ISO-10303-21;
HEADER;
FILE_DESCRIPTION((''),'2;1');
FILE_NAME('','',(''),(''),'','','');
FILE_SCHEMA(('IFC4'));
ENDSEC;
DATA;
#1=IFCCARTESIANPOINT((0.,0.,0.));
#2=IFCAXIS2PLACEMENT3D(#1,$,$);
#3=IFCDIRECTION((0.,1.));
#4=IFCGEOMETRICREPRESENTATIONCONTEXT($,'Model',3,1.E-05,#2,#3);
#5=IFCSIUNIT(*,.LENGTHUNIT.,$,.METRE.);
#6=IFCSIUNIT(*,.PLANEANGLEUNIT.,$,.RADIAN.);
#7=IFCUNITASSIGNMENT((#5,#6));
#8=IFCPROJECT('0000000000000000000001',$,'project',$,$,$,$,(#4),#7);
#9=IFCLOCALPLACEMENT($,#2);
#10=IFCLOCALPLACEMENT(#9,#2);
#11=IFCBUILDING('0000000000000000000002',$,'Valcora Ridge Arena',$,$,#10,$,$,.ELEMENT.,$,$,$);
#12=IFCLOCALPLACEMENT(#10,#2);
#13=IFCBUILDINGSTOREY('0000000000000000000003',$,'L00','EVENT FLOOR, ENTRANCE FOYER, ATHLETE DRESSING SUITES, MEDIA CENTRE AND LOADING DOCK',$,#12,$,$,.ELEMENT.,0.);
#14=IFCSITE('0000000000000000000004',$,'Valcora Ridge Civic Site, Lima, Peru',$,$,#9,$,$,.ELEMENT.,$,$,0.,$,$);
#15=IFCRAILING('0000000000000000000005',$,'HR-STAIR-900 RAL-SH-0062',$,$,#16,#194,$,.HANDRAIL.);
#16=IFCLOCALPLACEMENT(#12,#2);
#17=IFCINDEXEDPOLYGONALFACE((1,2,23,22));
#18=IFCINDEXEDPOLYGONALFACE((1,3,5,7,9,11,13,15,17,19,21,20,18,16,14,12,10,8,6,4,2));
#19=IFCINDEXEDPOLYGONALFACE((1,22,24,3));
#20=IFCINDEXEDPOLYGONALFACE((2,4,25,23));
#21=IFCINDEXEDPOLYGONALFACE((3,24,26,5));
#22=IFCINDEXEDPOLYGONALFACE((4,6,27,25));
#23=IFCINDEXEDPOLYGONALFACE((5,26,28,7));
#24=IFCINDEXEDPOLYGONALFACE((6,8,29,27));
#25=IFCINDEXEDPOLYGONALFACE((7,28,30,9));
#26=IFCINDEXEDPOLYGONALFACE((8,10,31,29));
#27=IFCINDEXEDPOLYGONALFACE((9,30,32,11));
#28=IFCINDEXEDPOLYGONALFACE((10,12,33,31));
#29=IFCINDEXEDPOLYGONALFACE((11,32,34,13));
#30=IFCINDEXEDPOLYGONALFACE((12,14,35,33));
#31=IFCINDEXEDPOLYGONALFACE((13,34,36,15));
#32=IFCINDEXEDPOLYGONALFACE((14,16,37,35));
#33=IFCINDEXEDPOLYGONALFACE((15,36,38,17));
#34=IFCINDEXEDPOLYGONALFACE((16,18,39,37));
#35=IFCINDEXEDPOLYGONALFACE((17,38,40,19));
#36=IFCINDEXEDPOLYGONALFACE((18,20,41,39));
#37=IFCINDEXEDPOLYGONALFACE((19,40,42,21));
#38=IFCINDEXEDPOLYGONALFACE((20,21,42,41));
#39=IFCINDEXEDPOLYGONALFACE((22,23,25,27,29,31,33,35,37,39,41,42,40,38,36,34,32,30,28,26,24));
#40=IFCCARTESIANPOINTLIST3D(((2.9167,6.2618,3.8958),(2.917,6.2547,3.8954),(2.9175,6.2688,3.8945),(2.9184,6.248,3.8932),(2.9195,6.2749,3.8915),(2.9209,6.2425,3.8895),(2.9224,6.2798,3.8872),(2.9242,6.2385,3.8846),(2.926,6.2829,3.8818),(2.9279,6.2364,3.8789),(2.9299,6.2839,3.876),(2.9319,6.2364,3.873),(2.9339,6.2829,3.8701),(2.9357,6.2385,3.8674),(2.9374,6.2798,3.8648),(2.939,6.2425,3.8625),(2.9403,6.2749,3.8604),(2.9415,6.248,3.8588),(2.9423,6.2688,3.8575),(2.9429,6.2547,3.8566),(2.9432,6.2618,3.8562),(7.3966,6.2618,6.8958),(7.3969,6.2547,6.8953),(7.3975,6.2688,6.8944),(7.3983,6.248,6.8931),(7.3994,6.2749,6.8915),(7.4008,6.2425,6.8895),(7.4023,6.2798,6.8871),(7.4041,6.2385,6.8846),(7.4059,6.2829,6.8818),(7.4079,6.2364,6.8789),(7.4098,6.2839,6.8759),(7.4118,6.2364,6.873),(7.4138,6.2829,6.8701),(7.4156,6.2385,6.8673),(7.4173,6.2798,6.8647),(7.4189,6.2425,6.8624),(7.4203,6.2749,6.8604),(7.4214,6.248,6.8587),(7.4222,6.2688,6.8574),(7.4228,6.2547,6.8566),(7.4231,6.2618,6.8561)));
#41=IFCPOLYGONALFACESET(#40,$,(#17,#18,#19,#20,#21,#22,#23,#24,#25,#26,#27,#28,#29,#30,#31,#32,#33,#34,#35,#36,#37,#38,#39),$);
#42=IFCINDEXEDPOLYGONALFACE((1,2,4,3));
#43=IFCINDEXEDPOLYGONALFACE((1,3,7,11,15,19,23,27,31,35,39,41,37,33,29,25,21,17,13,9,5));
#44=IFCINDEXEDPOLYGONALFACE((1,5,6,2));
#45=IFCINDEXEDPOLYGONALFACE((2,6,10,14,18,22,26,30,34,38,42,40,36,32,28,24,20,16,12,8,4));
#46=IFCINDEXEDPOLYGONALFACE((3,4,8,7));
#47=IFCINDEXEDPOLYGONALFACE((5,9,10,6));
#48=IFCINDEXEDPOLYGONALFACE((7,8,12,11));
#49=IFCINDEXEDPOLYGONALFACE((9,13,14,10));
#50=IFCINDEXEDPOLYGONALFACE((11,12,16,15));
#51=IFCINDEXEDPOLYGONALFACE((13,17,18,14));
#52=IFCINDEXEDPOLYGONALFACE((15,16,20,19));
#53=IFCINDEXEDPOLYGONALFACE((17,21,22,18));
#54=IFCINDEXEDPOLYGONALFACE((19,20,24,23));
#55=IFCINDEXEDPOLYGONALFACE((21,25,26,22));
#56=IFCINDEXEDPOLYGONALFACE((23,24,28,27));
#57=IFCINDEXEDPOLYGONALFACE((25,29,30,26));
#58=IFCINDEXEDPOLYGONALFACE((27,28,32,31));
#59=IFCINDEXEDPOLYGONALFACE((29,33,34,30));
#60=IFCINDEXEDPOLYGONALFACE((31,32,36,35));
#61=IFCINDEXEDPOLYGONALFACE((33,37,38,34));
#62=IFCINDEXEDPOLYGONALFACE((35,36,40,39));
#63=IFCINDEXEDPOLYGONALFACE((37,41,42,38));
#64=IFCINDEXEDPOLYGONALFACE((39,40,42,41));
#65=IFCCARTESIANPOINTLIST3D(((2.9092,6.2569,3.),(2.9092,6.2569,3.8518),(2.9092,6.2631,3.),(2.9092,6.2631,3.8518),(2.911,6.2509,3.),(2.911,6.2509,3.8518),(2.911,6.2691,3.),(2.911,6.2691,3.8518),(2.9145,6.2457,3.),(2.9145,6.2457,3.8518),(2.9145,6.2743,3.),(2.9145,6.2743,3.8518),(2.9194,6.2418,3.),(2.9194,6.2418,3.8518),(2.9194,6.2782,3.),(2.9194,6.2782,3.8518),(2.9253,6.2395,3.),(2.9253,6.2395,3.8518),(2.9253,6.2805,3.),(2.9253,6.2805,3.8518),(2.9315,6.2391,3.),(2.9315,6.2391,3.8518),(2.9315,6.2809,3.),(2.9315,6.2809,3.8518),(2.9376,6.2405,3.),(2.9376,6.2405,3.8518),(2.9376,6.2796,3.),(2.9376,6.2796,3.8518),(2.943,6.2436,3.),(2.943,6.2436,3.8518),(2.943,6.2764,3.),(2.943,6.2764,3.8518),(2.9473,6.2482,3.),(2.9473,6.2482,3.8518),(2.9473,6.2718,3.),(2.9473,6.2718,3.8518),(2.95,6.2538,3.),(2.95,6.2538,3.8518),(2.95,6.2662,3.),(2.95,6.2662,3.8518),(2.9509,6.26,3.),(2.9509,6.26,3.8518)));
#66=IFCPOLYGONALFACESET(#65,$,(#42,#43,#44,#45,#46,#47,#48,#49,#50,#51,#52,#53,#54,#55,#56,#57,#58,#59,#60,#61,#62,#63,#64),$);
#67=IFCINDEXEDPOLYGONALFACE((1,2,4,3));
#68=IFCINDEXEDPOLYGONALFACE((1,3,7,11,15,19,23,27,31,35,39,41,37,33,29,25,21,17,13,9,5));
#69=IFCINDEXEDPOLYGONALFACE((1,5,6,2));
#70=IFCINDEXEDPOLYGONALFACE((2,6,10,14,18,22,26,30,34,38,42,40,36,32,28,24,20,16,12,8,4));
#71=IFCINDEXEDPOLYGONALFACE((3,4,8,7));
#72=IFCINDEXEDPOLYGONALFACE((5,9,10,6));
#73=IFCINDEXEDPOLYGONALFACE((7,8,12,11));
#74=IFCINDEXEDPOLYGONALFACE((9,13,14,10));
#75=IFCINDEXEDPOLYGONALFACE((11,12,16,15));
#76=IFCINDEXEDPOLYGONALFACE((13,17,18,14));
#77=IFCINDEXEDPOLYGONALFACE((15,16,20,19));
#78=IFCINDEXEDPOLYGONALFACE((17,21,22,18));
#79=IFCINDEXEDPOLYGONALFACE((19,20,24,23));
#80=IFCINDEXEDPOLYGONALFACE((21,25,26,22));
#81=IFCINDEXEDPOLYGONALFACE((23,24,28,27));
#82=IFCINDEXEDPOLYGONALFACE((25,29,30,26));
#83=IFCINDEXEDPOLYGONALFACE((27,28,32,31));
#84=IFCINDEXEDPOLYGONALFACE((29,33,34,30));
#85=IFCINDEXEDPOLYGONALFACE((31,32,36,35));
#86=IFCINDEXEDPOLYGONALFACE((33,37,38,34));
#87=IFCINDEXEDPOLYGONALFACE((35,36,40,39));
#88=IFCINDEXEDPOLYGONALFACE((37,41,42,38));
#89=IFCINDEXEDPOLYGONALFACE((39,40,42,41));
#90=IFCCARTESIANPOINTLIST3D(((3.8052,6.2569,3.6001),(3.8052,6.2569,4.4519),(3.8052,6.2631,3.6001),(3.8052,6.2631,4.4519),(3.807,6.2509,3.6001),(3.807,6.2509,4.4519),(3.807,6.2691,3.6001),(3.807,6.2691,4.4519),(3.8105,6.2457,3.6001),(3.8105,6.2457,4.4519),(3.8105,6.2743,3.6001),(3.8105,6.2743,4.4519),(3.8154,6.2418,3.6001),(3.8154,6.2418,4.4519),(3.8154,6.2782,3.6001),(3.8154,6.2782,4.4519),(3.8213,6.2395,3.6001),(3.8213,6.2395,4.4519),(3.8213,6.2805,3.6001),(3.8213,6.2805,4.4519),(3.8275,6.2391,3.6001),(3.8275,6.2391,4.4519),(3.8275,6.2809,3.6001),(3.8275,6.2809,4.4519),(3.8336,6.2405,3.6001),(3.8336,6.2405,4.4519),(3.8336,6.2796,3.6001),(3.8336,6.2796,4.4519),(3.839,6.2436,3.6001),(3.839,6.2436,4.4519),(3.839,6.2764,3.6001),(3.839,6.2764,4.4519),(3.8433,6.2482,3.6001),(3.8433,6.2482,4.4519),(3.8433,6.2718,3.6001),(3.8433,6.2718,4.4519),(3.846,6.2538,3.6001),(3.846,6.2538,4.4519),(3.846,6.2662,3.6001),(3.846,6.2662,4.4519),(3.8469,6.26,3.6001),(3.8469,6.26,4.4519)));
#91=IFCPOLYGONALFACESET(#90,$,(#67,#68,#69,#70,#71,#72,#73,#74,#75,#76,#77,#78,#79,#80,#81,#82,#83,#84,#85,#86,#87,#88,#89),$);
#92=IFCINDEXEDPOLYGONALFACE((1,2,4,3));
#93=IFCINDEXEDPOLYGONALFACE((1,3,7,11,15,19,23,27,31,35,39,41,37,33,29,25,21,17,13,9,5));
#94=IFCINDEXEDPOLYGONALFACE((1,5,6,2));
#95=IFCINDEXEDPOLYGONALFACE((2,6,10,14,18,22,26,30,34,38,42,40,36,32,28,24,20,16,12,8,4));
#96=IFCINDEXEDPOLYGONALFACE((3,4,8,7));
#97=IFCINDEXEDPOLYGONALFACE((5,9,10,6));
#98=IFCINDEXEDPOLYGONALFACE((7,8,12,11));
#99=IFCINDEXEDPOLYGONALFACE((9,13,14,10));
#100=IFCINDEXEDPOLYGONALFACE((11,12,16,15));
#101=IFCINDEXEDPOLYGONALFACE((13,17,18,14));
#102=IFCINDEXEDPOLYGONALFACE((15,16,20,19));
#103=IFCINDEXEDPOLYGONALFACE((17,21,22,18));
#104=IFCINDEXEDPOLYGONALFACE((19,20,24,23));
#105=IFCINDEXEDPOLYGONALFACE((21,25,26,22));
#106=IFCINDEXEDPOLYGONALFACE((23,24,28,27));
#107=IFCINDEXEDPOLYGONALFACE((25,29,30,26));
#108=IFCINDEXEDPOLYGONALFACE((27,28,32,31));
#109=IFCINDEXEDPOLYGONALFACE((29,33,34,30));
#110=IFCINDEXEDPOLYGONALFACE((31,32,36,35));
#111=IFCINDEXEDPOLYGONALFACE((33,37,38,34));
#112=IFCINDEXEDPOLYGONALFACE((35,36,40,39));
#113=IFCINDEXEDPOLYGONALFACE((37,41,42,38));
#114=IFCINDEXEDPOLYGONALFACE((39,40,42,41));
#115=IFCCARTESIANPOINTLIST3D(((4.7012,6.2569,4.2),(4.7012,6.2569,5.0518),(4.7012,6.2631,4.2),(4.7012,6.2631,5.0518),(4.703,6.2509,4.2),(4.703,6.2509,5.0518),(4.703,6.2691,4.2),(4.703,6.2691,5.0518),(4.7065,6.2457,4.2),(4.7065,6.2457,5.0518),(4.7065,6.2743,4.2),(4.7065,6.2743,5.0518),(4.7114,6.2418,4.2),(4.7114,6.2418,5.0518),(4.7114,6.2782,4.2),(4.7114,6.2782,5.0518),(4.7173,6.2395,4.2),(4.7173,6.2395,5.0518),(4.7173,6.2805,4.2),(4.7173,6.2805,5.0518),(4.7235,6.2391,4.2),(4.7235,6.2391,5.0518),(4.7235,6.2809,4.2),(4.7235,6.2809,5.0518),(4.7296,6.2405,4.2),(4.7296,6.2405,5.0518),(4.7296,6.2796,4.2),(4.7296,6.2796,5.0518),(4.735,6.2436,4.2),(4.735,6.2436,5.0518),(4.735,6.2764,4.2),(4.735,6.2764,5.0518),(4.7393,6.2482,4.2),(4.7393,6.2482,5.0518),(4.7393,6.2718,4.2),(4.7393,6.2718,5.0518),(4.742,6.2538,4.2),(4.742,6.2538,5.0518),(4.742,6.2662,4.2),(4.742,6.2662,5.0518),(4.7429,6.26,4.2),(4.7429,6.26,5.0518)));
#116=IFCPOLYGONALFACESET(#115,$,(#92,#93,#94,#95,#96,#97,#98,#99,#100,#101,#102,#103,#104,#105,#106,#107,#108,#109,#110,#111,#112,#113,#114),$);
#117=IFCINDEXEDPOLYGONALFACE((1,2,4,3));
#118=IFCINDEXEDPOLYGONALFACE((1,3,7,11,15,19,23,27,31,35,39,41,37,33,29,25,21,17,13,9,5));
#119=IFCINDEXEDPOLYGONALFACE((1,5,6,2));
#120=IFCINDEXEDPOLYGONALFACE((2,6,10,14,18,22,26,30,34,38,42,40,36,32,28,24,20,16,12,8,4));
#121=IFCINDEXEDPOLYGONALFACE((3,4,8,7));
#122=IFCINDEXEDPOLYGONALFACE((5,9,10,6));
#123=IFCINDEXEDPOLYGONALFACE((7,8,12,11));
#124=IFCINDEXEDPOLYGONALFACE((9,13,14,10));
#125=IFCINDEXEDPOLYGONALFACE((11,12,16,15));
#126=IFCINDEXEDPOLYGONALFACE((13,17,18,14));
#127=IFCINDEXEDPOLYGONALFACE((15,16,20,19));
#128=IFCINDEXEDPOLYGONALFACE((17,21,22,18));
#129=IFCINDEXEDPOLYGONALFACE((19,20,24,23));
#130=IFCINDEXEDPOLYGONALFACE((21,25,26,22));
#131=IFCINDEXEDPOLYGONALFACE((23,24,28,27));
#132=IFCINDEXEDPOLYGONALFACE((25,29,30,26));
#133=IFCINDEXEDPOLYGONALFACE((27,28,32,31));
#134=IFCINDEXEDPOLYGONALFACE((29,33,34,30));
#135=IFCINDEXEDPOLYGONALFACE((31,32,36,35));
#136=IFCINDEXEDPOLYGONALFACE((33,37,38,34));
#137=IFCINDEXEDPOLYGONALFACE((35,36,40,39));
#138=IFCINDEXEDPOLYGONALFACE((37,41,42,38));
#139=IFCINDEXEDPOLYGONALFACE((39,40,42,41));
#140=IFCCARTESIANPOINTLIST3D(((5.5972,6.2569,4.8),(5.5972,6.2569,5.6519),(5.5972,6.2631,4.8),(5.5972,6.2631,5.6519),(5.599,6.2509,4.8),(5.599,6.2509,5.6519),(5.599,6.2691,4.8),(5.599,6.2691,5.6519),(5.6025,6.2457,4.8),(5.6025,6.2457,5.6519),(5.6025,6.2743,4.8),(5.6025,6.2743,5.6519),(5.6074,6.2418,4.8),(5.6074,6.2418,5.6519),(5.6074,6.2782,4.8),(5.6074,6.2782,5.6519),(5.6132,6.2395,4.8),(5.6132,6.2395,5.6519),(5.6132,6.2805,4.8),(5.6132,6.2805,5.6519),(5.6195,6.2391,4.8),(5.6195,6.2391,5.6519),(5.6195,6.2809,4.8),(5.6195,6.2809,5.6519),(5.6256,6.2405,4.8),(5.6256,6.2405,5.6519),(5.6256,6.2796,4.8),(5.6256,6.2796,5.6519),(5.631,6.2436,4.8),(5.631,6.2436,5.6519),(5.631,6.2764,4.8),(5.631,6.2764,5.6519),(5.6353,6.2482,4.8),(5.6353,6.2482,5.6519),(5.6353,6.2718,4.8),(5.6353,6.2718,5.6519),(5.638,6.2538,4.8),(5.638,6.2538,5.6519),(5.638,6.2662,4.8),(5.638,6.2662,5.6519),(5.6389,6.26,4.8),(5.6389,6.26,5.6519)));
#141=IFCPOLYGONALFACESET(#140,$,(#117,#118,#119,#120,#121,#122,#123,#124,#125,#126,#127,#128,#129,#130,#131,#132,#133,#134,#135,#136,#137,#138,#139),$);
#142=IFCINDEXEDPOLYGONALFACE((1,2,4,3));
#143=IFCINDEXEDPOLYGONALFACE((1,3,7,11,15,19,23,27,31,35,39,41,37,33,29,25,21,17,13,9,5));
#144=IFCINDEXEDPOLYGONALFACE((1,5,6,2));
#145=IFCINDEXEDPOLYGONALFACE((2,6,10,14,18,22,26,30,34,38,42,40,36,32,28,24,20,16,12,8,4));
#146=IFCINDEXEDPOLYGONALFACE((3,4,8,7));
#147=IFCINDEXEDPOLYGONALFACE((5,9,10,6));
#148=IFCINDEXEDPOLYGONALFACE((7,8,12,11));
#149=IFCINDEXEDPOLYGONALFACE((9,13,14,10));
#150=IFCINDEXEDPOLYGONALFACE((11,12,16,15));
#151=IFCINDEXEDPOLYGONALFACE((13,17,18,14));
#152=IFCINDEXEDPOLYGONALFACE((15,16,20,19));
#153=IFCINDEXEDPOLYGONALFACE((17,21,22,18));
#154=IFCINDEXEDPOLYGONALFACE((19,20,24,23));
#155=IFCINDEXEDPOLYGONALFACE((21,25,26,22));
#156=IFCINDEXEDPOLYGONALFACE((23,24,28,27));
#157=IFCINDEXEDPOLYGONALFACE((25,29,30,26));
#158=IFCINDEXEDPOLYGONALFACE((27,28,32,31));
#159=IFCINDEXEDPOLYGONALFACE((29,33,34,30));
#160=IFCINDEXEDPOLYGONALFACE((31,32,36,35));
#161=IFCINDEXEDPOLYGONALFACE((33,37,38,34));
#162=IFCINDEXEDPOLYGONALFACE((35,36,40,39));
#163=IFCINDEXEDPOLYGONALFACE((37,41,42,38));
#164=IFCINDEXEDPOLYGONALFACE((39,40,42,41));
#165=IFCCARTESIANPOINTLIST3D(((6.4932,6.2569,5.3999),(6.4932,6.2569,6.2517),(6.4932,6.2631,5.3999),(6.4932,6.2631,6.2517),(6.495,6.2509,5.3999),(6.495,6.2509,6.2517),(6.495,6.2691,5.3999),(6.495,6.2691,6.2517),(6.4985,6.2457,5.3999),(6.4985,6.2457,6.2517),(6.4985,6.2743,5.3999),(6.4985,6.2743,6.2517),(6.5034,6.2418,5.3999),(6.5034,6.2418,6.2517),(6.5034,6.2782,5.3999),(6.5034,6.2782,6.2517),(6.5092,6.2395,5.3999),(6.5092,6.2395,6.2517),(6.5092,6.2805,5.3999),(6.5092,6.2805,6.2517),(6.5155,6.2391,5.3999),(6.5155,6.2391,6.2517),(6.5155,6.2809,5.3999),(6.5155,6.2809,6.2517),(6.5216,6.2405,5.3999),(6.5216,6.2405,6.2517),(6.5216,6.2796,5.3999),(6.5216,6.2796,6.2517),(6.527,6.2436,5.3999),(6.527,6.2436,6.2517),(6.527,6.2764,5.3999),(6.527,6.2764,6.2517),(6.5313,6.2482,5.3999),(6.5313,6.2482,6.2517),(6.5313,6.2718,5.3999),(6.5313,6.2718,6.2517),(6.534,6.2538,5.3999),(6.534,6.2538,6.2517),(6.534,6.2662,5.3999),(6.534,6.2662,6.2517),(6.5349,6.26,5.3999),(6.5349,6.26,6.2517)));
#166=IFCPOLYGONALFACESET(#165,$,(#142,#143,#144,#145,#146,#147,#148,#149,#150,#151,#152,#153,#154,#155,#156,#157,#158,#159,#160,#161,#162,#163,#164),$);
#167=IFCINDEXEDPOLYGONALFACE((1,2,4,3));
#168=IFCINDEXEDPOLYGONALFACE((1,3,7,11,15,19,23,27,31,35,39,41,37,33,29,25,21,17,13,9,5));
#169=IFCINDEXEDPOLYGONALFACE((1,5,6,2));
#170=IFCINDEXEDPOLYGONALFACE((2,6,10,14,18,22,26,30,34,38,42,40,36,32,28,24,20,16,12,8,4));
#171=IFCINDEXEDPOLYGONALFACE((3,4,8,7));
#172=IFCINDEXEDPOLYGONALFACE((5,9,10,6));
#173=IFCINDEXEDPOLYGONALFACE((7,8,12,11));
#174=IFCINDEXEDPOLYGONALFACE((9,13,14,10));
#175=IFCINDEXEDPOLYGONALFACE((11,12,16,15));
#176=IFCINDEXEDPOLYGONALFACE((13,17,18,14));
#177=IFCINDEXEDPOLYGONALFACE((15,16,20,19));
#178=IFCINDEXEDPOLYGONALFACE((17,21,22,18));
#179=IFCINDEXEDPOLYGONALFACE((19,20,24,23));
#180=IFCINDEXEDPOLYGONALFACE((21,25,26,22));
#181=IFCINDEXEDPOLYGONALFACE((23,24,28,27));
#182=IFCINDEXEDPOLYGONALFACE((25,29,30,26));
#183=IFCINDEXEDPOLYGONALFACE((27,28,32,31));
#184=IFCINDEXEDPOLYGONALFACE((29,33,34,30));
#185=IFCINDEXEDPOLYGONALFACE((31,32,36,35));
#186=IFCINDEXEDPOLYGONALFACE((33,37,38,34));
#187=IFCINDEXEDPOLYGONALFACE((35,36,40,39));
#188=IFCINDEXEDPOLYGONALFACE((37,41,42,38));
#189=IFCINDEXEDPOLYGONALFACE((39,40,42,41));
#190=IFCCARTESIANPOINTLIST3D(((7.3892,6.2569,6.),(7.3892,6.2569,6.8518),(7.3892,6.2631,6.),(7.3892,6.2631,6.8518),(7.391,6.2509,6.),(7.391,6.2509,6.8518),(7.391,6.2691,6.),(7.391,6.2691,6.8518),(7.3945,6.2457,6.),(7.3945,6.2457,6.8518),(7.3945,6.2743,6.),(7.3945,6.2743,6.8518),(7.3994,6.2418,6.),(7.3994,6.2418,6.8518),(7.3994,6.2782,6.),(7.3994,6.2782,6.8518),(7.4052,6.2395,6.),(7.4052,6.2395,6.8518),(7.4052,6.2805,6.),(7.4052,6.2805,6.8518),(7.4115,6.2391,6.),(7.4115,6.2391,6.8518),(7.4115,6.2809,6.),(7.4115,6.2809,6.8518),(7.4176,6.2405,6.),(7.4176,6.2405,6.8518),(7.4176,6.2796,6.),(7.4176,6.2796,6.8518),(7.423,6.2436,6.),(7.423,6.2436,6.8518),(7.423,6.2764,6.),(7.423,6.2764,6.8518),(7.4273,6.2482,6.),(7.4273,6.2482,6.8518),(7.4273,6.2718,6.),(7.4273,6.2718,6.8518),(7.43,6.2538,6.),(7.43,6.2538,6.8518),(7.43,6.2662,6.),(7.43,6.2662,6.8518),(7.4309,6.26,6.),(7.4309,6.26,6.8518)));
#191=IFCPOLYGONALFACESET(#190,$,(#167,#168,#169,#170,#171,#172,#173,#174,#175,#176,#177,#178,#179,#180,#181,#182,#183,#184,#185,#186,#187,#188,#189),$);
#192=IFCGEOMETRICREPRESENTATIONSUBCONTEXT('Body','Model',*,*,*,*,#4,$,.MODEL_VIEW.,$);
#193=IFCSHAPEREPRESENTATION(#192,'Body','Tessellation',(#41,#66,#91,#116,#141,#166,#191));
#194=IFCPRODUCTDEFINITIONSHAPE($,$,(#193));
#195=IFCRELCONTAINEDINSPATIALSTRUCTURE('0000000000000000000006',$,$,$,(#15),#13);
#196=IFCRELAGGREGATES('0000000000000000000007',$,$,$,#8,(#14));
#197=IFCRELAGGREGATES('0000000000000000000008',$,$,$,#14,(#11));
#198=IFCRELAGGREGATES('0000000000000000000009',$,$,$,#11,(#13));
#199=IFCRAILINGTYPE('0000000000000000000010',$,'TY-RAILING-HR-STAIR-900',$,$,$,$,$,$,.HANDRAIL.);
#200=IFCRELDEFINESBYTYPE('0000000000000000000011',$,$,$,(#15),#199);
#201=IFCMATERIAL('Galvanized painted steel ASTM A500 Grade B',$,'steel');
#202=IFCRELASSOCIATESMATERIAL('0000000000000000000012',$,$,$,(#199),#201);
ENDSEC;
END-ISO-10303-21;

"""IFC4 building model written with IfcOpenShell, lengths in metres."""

from ifc_helpers import new_model, si_unit, direction, frame, origin, origin_2d, place, context, subcontext, project, spatial, circle, extrude, material, type_object, element, save


model = new_model("IFC4")

# Units and contexts
model_context = context("Model", 3, precision=1e-05, world=origin(), true_north=direction((0.0, 1.0)))
body_context = subcontext(model_context, "Body", "Model", "MODEL_VIEW")
ifc_project = project(units=[si_unit("LENGTHUNIT", "METRE"), si_unit("PLANEANGLEUNIT", "RADIAN")], contexts=[model_context])

# Site, building, storey
site_placement = place(None, origin())
site = spatial("IfcSite", under=ifc_project, at=site_placement, Name="Valcora Ridge Civic Site, Lima, Peru", CompositionType="ELEMENT", RefElevation=0.0)
building_placement = place(site_placement, origin())
building = spatial("IfcBuilding", under=site, at=building_placement, Name="Valcora Ridge Arena", CompositionType="ELEMENT")
storey_placement = place(building_placement, origin())
storey = spatial("IfcBuildingStorey", under=building, at=storey_placement, Name="L00", Description="EVENT FLOOR, ENTRANCE FOYER, ATHLETE DRESSING SUITES, MEDIA CENTRE AND LOADING DOCK", CompositionType="ELEMENT", Elevation=0.0)

# Railing
ifc_material_1 = material(Name="Galvanized painted steel ASTM A500 Grade B", Category="steel")
railing_type = type_object("IfcRailingType", Name="TY-RAILING-HR-STAIR-900", PredefinedType="HANDRAIL", material=ifc_material_1)
railing_placement = place(storey_placement, frame((2.9299, 6.26, 3.0)))
element("IfcRailing", 1, at=railing_placement, inside=storey, type_object=railing_type, Name="HR-STAIR-900 RAL-SH-0062", PredefinedType="HANDRAIL", context=body_context, shape_type="SweptSolid", body=[
    extrude(circle(Radius=0.0239, at=origin_2d()), frame((0.0, 0.0, 0.876), z_axis=(0.830906, 0.0, 0.556413), x_axis=(0.0, 1.0, 0.0)), (0.0, 0.0, 1.0), 5.3916),
    extrude(circle(Radius=0.021, at=origin_2d()), origin(), (0.0, 0.0, 1.0), 0.8518),
    extrude(circle(Radius=0.021, at=origin_2d()), frame((0.896, 0.0, 0.6001)), (0.0, 0.0, 1.0), 0.8518),
    extrude(circle(Radius=0.021, at=origin_2d()), frame((1.792, 0.0, 1.2)), (0.0, 0.0, 1.0), 0.8518),
    extrude(circle(Radius=0.021, at=origin_2d()), frame((2.688, 0.0, 1.8)), (0.0, 0.0, 1.0), 0.8518),
    extrude(circle(Radius=0.021, at=origin_2d()), frame((3.584, 0.0, 2.3999)), (0.0, 0.0, 1.0), 0.8518),
    extrude(circle(Radius=0.021, at=origin_2d()), frame((4.48, 0.0, 3.0)), (0.0, 0.0, 1.0), 0.8518),
])

save(model, "model.ifc")
